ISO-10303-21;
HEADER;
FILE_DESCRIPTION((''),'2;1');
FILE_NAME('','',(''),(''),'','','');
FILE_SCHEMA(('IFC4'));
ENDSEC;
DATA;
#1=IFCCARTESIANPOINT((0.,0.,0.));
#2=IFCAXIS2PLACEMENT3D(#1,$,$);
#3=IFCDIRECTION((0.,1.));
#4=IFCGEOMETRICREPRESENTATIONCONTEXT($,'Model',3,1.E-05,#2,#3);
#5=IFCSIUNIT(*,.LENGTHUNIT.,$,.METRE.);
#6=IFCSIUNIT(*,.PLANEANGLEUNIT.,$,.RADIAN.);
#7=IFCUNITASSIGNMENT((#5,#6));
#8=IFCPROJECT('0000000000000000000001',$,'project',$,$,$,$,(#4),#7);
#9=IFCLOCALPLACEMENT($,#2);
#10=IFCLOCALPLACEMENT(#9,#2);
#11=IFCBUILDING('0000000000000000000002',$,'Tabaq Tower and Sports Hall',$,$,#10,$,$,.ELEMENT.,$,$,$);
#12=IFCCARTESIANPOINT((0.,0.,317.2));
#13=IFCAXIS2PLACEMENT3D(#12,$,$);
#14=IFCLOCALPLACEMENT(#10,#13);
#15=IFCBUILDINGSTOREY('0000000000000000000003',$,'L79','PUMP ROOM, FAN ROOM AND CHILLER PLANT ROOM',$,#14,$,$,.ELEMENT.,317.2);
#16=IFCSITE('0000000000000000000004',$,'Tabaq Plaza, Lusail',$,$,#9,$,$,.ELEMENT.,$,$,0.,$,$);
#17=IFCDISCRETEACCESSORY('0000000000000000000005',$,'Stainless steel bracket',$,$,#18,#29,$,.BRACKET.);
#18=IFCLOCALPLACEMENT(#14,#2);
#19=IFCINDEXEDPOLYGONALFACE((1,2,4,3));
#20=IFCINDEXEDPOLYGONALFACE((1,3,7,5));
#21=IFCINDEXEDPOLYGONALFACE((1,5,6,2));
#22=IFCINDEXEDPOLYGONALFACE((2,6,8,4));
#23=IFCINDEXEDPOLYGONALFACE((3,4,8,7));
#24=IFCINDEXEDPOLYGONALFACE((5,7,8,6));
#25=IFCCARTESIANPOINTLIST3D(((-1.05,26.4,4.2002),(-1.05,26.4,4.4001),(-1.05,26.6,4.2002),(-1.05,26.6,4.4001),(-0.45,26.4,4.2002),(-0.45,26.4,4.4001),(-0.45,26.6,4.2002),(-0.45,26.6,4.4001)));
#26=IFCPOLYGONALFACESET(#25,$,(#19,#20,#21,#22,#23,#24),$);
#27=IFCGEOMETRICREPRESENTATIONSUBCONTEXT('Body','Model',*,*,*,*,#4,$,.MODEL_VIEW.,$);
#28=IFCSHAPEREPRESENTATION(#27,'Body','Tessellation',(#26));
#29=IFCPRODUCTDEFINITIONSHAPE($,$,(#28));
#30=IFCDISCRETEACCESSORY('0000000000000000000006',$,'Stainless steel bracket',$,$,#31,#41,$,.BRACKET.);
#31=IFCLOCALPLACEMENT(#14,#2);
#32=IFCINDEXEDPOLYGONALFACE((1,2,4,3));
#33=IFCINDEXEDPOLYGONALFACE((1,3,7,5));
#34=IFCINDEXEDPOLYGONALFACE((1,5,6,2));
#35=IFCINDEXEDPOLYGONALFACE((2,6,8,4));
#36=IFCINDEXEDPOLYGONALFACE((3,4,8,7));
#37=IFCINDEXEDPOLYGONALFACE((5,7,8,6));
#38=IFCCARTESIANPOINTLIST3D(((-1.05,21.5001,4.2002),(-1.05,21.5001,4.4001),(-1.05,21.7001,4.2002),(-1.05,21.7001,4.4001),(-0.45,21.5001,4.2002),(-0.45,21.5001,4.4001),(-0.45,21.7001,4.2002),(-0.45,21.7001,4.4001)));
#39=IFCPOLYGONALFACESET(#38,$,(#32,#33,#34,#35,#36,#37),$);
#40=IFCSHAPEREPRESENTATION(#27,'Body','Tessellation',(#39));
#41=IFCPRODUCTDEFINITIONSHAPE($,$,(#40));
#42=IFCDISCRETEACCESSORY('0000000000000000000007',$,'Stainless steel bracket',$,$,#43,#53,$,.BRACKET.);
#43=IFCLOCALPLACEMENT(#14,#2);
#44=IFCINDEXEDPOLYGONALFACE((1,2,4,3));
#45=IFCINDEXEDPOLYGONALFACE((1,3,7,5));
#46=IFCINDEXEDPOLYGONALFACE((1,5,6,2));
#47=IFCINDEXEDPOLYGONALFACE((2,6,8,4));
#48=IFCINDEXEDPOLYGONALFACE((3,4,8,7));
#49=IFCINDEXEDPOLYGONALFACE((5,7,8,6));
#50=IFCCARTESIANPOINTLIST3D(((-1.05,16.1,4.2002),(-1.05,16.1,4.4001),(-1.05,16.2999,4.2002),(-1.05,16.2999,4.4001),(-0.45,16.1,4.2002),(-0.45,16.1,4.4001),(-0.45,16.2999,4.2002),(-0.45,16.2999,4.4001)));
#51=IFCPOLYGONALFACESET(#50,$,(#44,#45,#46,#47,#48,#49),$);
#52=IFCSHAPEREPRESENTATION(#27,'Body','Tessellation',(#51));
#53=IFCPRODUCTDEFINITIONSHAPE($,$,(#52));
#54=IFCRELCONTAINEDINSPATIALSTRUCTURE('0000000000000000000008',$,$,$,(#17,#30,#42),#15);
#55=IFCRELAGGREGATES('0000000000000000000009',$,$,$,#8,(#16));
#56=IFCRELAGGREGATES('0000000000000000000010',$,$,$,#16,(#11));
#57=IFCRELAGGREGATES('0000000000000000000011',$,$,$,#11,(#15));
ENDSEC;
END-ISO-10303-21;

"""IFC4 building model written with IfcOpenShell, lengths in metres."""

from ifc_helpers import new_model, si_unit, direction, frame, origin, origin_2d, place, context, subcontext, project, spatial, rectangle, extrude, element, save


model = new_model("IFC4")

# Units and contexts
model_context = context("Model", 3, precision=1e-05, world=origin(), true_north=direction((0.0, 1.0)))
body_context = subcontext(model_context, "Body", "Model", "MODEL_VIEW")
ifc_project = project(units=[si_unit("LENGTHUNIT", "METRE"), si_unit("PLANEANGLEUNIT", "RADIAN")], contexts=[model_context])

# Site, building, storey
site_placement = place(None, origin())
site = spatial("IfcSite", under=ifc_project, at=site_placement, Name="Tabaq Plaza, Lusail", CompositionType="ELEMENT", RefElevation=0.0)
building_placement = place(site_placement, origin())
building = spatial("IfcBuilding", under=site, at=building_placement, Name="Tabaq Tower and Sports Hall", CompositionType="ELEMENT")
storey_placement = place(building_placement, frame((0.0, 0.0, 317.2)))
storey = spatial("IfcBuildingStorey", under=building, at=storey_placement, Name="L79", Description="PUMP ROOM, FAN ROOM AND CHILLER PLANT ROOM", CompositionType="ELEMENT", Elevation=317.2)

# Discrete accessories
for number, where, z_axis, x_axis, name in (
    (1, (-0.75, 26.5, 4.2002), (0.0, 0.0, 1.0), (-1.0, 0.0, 0.0), "Stainless steel bracket"),
    (2, (-0.75, 21.6001, 4.2002), (0.0, 0.0, 1.0), (-1.0, 0.0, 0.0), "Stainless steel bracket"),
    (3, (-0.75, 16.2, 4.2002), (0.0, 0.0, 1.0), (-1.0, 0.0, 0.0), "Stainless steel bracket"),
):
    element("IfcDiscreteAccessory", number, at=place(storey_placement, frame(where, z_axis=z_axis, x_axis=x_axis)), inside=storey, Name=name, PredefinedType="BRACKET", context=body_context, shape_type="SweptSolid", body=[
        extrude(rectangle(XDim=0.6001, YDim=0.2, at=origin_2d()), origin(), (0.0, 0.0, 1.0), 0.2),
    ])

save(model, "model.ifc")
